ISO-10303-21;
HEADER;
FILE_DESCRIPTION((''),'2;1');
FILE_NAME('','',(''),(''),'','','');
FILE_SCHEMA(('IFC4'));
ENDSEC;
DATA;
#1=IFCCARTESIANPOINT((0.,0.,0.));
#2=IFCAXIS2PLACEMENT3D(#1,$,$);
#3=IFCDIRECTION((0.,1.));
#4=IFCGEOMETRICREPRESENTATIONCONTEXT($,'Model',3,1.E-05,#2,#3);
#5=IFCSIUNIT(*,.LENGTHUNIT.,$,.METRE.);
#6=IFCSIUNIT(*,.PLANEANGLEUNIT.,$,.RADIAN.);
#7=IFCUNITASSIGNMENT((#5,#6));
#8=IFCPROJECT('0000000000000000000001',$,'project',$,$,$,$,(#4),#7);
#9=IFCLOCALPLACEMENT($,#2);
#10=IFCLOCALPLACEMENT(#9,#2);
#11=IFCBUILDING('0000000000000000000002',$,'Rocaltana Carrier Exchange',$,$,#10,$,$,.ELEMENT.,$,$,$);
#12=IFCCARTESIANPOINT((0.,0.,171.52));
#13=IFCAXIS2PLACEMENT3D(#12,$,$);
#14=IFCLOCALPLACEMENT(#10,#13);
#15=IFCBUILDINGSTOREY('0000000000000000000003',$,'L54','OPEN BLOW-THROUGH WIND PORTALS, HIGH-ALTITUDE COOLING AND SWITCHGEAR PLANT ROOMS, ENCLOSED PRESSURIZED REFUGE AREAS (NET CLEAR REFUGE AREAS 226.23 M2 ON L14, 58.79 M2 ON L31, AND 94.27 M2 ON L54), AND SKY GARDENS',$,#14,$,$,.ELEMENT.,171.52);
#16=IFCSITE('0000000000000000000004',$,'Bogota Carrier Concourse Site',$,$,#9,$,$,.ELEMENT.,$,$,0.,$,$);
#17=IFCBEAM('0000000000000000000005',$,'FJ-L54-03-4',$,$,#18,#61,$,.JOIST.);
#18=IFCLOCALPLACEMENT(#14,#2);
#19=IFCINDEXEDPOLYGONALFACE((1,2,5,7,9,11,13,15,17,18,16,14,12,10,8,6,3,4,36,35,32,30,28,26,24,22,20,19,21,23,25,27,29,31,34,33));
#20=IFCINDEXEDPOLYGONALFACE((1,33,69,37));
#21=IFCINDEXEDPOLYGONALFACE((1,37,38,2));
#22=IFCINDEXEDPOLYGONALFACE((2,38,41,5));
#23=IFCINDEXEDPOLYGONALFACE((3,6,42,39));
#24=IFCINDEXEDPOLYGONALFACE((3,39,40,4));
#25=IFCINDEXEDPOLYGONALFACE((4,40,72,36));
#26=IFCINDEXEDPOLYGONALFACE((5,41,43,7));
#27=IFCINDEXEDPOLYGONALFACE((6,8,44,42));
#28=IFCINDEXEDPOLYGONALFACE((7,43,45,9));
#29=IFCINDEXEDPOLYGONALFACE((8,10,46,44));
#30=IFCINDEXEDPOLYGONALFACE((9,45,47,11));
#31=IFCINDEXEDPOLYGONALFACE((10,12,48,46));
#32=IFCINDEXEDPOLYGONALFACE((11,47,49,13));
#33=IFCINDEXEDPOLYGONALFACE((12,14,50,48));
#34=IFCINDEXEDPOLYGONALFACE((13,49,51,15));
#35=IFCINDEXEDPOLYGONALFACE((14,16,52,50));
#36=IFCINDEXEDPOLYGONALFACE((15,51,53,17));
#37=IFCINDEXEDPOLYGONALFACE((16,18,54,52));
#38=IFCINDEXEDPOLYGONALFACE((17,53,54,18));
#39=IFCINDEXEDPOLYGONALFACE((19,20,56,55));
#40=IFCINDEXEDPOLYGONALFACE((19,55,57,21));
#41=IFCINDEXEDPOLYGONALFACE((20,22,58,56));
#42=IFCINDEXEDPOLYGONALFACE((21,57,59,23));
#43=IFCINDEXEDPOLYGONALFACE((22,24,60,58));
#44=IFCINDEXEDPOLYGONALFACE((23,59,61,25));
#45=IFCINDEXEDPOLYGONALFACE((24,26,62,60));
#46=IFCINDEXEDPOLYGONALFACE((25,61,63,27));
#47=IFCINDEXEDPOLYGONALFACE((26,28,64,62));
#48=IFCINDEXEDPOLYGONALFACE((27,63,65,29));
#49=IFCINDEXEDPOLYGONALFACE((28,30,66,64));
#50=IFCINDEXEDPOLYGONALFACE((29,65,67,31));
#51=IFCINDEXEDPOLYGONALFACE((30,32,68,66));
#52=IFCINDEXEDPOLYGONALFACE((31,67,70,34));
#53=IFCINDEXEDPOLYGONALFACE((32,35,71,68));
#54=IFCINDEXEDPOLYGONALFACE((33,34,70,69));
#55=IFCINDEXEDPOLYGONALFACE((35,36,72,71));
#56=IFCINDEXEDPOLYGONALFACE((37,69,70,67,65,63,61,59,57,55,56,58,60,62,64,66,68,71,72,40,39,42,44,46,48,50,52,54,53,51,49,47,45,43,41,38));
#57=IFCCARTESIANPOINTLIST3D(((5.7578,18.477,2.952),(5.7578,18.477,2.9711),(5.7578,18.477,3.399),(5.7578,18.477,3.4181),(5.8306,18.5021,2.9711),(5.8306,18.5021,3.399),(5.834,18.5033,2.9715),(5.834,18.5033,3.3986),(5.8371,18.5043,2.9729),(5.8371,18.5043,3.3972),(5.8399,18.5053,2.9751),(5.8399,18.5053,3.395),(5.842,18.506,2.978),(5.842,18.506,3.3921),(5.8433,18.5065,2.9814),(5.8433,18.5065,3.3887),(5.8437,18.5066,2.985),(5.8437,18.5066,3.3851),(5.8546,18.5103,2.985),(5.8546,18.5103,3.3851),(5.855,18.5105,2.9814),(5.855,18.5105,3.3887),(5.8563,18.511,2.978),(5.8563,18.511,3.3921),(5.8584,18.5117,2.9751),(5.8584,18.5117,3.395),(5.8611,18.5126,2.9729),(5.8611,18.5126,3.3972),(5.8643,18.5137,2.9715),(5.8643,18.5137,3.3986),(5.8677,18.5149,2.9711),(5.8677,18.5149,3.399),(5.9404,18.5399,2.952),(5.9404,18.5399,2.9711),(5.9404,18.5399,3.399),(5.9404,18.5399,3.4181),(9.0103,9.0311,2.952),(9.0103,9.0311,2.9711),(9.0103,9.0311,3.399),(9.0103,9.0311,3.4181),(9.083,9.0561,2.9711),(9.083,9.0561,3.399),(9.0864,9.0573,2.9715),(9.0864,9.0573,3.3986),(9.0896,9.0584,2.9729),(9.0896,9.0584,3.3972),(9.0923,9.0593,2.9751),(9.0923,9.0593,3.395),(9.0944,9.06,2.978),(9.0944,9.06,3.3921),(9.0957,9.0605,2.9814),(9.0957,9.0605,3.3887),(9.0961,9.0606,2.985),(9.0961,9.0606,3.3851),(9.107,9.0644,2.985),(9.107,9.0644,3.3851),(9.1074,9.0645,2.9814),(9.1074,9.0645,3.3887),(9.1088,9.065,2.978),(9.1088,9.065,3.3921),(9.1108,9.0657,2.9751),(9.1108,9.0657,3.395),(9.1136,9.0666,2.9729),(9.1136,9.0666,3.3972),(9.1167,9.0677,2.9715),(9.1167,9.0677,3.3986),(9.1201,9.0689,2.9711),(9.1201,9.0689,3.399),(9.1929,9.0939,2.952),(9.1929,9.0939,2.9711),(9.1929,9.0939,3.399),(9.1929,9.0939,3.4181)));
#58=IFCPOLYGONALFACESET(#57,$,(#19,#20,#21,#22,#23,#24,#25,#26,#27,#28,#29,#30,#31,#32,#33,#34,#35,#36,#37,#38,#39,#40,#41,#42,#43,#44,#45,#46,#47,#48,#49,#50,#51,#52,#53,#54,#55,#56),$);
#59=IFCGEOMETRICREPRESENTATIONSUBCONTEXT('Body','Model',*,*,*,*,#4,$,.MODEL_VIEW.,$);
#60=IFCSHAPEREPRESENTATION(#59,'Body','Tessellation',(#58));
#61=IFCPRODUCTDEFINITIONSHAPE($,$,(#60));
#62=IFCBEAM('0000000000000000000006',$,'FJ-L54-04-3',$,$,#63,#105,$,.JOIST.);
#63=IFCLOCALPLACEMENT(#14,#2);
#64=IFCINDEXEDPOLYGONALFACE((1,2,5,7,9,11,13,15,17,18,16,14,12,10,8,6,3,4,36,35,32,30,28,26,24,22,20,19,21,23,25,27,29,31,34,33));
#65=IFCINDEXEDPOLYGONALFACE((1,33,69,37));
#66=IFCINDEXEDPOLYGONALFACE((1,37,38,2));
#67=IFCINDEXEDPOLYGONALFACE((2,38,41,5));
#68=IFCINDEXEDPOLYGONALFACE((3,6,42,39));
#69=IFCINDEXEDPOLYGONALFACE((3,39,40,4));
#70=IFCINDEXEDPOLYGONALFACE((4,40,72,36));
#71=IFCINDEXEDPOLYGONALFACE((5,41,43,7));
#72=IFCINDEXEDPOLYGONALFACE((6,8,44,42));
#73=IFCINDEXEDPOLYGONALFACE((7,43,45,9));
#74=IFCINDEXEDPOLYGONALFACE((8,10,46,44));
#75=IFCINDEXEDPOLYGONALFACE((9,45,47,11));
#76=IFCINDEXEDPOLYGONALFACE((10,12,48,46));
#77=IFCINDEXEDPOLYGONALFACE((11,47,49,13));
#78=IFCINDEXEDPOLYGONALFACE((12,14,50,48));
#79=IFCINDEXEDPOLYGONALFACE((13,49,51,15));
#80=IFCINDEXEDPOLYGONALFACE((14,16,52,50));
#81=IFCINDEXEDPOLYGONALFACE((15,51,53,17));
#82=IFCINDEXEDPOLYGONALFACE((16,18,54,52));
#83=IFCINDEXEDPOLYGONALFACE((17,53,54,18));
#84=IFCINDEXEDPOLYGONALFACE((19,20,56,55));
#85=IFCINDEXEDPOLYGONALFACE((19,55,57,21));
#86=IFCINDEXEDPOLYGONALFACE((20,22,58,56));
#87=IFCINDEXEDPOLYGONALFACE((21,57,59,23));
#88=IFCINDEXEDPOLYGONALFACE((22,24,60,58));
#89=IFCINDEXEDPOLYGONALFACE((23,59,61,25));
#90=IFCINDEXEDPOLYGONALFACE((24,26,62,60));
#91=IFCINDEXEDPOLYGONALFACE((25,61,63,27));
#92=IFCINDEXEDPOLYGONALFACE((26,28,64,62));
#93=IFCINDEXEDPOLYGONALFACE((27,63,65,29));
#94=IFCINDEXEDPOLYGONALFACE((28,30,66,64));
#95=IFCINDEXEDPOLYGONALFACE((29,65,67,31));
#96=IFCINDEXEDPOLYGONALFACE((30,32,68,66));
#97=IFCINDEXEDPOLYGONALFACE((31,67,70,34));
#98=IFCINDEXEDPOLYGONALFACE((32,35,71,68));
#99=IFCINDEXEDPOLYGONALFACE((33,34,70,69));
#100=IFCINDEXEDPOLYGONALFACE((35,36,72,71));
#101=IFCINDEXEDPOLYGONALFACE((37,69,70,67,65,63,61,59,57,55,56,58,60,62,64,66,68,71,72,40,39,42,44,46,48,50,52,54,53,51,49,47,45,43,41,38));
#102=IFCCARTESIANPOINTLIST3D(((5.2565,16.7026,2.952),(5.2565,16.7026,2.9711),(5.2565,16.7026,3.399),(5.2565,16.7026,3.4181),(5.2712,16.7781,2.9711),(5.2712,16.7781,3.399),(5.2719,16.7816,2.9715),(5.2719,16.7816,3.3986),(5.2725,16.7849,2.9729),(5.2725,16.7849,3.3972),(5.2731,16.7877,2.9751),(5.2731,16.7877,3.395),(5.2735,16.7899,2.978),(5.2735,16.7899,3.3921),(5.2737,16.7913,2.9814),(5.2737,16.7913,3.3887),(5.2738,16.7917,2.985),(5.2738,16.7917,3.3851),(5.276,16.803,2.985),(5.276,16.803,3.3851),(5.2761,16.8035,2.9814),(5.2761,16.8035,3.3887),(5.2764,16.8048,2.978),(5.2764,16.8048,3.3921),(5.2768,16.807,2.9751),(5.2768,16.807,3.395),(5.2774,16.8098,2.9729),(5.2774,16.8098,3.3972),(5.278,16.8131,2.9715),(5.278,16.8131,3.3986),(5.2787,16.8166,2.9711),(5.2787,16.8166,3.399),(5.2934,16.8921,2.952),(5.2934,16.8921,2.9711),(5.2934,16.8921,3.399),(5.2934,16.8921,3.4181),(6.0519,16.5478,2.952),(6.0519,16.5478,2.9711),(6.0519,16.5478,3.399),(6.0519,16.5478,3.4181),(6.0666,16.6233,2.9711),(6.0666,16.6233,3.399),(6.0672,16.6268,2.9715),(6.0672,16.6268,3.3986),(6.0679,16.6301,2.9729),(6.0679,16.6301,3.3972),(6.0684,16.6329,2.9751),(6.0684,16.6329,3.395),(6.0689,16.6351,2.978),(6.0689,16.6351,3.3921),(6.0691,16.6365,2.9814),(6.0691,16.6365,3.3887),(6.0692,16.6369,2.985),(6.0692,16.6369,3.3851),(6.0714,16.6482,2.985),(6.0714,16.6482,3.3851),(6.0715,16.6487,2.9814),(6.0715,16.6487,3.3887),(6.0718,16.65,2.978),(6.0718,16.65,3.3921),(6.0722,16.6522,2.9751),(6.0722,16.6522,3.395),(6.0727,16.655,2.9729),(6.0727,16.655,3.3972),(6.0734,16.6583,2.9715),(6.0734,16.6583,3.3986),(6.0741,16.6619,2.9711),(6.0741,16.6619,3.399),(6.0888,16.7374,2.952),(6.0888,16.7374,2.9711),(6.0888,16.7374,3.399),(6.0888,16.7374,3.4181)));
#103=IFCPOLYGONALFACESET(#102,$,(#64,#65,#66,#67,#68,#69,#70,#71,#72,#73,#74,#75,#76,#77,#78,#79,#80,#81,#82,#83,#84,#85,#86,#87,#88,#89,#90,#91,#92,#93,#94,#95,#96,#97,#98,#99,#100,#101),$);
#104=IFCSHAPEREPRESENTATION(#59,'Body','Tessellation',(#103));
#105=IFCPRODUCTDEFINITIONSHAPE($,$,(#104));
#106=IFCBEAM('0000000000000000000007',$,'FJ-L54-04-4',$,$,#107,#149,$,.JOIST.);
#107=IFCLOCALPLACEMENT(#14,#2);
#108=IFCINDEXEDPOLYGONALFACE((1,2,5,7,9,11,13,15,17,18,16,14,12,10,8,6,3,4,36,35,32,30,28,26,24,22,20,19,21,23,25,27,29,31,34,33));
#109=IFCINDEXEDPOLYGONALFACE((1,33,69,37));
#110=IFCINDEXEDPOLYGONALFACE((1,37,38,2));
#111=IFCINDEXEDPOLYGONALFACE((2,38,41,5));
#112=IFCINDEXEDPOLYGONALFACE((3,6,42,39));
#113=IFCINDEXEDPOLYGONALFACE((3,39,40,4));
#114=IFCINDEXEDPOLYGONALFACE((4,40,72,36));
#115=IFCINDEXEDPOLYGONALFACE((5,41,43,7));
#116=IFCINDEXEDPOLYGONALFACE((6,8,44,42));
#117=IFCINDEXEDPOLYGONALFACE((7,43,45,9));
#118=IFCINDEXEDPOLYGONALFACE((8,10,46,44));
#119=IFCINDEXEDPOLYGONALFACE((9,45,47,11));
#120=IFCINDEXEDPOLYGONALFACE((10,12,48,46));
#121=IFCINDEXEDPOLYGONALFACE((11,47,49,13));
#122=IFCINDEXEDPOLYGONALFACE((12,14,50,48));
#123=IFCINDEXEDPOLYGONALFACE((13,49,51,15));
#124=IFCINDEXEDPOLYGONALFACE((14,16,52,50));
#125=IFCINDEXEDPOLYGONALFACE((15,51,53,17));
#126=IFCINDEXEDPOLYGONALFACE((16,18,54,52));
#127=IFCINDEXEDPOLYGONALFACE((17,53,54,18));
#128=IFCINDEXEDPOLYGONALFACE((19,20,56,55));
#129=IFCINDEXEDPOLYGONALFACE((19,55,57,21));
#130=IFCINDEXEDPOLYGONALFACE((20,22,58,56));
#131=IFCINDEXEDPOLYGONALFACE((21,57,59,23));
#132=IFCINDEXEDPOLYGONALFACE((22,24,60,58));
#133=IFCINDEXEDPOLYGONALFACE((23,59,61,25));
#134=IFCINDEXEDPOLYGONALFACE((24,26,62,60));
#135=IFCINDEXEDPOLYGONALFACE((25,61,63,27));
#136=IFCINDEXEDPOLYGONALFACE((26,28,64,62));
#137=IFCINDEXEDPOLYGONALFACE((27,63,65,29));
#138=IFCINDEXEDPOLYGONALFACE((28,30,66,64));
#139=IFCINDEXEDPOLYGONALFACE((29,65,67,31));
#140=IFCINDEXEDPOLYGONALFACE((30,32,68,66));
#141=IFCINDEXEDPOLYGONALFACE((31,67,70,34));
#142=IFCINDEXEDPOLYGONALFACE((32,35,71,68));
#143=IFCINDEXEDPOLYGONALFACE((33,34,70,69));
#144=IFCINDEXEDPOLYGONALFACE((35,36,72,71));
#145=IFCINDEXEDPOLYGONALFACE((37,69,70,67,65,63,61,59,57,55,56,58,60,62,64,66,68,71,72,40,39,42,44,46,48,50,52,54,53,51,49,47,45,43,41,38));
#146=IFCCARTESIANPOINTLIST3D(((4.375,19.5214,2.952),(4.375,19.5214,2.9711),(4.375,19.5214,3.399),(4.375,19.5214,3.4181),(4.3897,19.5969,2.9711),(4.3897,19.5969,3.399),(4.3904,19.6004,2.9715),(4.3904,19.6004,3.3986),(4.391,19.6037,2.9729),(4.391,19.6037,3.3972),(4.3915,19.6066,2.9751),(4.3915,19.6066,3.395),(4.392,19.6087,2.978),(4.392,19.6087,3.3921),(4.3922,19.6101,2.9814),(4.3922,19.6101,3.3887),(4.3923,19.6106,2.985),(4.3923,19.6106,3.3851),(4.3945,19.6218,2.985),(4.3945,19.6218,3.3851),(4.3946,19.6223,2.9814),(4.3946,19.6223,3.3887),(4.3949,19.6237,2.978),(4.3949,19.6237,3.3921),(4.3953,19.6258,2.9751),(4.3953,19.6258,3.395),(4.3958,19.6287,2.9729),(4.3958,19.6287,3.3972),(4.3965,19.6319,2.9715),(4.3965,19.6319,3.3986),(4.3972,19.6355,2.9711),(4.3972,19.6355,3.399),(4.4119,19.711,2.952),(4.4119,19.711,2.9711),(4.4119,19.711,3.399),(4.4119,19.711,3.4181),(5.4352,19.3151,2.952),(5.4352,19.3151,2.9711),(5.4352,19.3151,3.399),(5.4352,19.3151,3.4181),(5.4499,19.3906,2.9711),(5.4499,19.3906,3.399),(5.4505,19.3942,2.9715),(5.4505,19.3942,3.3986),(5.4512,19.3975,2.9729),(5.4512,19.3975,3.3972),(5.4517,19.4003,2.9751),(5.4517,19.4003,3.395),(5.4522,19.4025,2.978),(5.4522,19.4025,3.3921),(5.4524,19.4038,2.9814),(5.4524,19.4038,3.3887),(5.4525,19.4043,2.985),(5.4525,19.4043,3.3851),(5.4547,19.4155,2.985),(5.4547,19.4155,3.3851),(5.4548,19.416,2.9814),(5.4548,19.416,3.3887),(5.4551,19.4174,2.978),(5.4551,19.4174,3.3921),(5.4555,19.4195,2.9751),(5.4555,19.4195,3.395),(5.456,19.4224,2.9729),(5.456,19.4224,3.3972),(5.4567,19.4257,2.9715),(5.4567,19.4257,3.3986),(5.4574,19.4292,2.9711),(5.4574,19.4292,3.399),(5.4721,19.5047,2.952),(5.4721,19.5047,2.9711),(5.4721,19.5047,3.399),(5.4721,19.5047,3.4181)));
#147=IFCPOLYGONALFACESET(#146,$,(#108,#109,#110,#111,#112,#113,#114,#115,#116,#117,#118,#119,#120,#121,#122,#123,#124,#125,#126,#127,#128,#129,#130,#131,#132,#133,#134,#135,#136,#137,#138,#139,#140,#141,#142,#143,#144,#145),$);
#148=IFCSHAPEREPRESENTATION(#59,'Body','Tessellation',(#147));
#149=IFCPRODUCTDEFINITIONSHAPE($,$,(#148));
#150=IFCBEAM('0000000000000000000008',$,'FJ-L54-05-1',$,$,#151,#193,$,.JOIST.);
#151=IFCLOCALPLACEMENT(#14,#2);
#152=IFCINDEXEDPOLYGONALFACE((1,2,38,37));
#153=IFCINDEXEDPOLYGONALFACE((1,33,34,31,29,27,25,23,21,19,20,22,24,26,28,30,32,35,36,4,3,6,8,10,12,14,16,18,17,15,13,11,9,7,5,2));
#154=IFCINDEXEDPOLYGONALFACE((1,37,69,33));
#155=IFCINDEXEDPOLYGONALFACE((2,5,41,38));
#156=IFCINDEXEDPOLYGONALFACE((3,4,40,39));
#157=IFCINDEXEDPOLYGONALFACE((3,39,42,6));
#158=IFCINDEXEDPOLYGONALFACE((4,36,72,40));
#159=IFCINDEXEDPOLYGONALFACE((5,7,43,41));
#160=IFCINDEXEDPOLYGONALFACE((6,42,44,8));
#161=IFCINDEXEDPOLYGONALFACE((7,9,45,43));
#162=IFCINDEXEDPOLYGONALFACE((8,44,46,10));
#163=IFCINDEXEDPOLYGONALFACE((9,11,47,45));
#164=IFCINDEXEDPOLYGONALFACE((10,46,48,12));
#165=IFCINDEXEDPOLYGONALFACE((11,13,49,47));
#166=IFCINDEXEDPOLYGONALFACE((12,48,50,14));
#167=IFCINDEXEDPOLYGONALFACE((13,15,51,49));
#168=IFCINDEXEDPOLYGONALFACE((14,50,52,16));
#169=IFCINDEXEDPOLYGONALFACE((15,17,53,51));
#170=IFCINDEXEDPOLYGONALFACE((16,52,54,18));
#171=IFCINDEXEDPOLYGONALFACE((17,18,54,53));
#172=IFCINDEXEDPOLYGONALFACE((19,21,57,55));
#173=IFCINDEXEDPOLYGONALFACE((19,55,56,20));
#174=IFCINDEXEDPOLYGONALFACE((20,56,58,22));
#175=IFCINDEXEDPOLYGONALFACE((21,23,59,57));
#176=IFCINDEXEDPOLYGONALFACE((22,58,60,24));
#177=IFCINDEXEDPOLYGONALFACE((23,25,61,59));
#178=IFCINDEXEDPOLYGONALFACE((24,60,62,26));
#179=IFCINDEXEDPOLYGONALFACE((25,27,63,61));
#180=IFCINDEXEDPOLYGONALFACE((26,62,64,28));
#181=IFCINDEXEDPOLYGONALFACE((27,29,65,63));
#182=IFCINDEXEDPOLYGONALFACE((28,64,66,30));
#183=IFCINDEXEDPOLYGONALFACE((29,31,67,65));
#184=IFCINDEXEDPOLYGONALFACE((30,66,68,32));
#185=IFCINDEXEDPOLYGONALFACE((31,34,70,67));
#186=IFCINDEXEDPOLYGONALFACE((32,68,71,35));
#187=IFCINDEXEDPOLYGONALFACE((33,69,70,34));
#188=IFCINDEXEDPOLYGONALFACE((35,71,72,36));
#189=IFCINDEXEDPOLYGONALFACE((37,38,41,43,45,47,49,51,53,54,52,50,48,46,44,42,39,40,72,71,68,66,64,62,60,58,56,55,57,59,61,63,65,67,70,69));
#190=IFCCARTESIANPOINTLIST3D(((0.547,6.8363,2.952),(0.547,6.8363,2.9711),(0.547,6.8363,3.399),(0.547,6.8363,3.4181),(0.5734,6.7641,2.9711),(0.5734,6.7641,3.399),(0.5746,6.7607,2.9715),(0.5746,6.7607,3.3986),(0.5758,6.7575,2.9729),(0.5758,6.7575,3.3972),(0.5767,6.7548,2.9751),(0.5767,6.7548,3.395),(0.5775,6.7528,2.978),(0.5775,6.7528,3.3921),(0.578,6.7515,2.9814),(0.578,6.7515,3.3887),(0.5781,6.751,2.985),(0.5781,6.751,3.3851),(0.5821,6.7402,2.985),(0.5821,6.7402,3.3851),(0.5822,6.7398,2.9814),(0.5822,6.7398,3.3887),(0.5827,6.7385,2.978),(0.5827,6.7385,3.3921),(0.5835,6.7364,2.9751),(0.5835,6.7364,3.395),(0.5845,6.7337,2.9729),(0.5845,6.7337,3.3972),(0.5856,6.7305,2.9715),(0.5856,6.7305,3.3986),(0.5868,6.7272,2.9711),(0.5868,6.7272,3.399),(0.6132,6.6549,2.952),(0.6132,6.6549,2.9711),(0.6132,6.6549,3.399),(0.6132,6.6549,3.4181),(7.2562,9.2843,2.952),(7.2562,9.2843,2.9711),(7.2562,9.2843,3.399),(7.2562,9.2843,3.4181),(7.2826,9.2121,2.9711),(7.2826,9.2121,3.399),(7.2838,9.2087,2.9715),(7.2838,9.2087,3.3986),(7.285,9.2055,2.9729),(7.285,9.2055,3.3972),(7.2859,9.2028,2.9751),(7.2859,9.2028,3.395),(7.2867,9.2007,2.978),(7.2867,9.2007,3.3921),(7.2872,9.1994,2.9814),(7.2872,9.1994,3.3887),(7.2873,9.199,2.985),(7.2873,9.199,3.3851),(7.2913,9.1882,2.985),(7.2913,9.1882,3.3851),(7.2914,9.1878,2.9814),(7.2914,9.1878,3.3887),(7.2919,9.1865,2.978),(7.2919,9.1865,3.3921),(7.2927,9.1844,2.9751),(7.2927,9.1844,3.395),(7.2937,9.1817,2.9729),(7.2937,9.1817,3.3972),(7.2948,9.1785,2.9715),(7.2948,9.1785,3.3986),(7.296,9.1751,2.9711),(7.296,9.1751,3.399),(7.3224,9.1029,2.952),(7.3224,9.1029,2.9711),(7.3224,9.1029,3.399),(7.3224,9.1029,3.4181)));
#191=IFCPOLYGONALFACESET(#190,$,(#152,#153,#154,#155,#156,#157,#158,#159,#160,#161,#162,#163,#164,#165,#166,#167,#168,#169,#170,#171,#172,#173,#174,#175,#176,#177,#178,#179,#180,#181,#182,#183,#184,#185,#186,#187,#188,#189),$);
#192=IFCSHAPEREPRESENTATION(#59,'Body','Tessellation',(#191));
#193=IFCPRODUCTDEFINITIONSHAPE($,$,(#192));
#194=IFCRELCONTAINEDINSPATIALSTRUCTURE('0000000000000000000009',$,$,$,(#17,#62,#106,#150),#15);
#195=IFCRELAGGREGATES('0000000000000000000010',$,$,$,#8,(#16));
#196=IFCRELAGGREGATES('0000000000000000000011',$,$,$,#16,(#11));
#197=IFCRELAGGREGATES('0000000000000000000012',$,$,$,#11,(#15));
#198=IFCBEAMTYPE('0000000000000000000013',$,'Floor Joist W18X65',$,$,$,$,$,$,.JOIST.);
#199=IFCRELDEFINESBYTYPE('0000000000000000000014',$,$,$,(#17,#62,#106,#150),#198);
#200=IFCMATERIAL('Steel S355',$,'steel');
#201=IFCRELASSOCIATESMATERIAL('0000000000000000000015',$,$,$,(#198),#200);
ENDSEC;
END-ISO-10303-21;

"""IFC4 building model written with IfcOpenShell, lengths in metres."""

from ifc_helpers import new_model, si_unit, direction, frame, origin, origin_2d, place, context, subcontext, project, spatial, i_section, extrude, material, material_profile, profile_set, type_object, element, save


model = new_model("IFC4")

# Units and contexts
model_context = context("Model", 3, precision=1e-05, world=origin(), true_north=direction((0.0, 1.0)))
body_context = subcontext(model_context, "Body", "Model", "MODEL_VIEW")
ifc_project = project(units=[si_unit("LENGTHUNIT", "METRE"), si_unit("PLANEANGLEUNIT", "RADIAN")], contexts=[model_context])

# Site, building, storey
site_placement = place(None, origin())
site = spatial("IfcSite", under=ifc_project, at=site_placement, Name="Bogota Carrier Concourse Site", CompositionType="ELEMENT", RefElevation=0.0)
building_placement = place(site_placement, origin())
building = spatial("IfcBuilding", under=site, at=building_placement, Name="Rocaltana Carrier Exchange", CompositionType="ELEMENT")
storey_placement = place(building_placement, frame((0.0, 0.0, 171.52)))
storey = spatial("IfcBuildingStorey", under=building, at=storey_placement, Name="L54", Description="OPEN BLOW-THROUGH WIND PORTALS, HIGH-ALTITUDE COOLING AND SWITCHGEAR PLANT ROOMS, ENCLOSED PRESSURIZED REFUGE AREAS (NET CLEAR REFUGE AREAS 226.23 M2 ON L14, 58.79 M2 ON L31, AND 94.27 M2 ON L54), AND SKY GARDENS", CompositionType="ELEMENT", Elevation=171.52)

# Beams
ifc_material_1 = material(Name="Steel S355", Category="steel")
ifc_material_profile_1 = material_profile(ifc_material_1, i_section(OverallWidth=0.1931, OverallDepth=0.4661, WebThickness=0.0115, FlangeThickness=0.019, FilletRadius=0.0139, at=origin_2d()), Name="W18X65")
ifc_profile_set_1 = profile_set([ifc_material_profile_1], Name="Steel S355")
beam_type_1 = type_object("IfcBeamType", Name="Floor Joist W18X65", PredefinedType="JOIST", material=ifc_profile_set_1)
beam_1_placement = place(storey_placement, frame((9.1016, 9.0625, 3.1851), z_axis=(-0.32556, 0.945521, 0.0), x_axis=(-0.945521, -0.32556, 0.0)))
element("IfcBeam", 1, at=beam_1_placement, inside=storey, type_object=beam_type_1, Name="FJ-L54-03-4", PredefinedType="JOIST", context=body_context, shape_type="SweptSolid", body=[
    extrude(i_section(OverallWidth=0.1931, OverallDepth=0.4661, WebThickness=0.0115, FlangeThickness=0.019, FilletRadius=0.0139, at=origin_2d()), origin(), (0.0, 0.0, 1.0), 9.9902),
])
beam_2_placement = place(storey_placement, frame((6.0703, 16.6426, 3.1851), z_axis=(-0.981587, 0.191015, 0.0), x_axis=(-0.191015, -0.981587, 0.0)))
element("IfcBeam", 2, at=beam_2_placement, inside=storey, type_object=beam_type_1, Name="FJ-L54-04-3", PredefinedType="JOIST", context=body_context, shape_type="SweptSolid", body=[
    extrude(i_section(OverallWidth=0.1931, OverallDepth=0.4661, WebThickness=0.0115, FlangeThickness=0.019, FilletRadius=0.0139, at=origin_2d()), origin(), (0.0, 0.0, 1.0), 0.8103),
])
beam_3_placement = place(storey_placement, frame((5.4536, 19.4099, 3.1851), z_axis=(-0.981593, 0.190985, 0.0), x_axis=(-0.190985, -0.981593, 0.0)))
element("IfcBeam", 3, at=beam_3_placement, inside=storey, type_object=beam_type_1, Name="FJ-L54-04-4", PredefinedType="JOIST", context=body_context, shape_type="SweptSolid", body=[
    extrude(i_section(OverallWidth=0.1931, OverallDepth=0.4661, WebThickness=0.0115, FlangeThickness=0.019, FilletRadius=0.0139, at=origin_2d()), origin(), (0.0, 0.0, 1.0), 1.0801),
])
beam_4_placement = place(storey_placement, frame((7.2893, 9.1936, 3.1851), z_axis=(-0.939421, -0.342767, 0.0), x_axis=(0.342767, -0.939421, 0.0)))
element("IfcBeam", 4, at=beam_4_placement, inside=storey, type_object=beam_type_1, Name="FJ-L54-05-1", PredefinedType="JOIST", context=body_context, shape_type="SweptSolid", body=[
    extrude(i_section(OverallWidth=0.1931, OverallDepth=0.4661, WebThickness=0.0115, FlangeThickness=0.019, FilletRadius=0.0139, at=origin_2d()), origin(), (0.0, 0.0, 1.0), 7.1418),
])

save(model, "model.ifc")
